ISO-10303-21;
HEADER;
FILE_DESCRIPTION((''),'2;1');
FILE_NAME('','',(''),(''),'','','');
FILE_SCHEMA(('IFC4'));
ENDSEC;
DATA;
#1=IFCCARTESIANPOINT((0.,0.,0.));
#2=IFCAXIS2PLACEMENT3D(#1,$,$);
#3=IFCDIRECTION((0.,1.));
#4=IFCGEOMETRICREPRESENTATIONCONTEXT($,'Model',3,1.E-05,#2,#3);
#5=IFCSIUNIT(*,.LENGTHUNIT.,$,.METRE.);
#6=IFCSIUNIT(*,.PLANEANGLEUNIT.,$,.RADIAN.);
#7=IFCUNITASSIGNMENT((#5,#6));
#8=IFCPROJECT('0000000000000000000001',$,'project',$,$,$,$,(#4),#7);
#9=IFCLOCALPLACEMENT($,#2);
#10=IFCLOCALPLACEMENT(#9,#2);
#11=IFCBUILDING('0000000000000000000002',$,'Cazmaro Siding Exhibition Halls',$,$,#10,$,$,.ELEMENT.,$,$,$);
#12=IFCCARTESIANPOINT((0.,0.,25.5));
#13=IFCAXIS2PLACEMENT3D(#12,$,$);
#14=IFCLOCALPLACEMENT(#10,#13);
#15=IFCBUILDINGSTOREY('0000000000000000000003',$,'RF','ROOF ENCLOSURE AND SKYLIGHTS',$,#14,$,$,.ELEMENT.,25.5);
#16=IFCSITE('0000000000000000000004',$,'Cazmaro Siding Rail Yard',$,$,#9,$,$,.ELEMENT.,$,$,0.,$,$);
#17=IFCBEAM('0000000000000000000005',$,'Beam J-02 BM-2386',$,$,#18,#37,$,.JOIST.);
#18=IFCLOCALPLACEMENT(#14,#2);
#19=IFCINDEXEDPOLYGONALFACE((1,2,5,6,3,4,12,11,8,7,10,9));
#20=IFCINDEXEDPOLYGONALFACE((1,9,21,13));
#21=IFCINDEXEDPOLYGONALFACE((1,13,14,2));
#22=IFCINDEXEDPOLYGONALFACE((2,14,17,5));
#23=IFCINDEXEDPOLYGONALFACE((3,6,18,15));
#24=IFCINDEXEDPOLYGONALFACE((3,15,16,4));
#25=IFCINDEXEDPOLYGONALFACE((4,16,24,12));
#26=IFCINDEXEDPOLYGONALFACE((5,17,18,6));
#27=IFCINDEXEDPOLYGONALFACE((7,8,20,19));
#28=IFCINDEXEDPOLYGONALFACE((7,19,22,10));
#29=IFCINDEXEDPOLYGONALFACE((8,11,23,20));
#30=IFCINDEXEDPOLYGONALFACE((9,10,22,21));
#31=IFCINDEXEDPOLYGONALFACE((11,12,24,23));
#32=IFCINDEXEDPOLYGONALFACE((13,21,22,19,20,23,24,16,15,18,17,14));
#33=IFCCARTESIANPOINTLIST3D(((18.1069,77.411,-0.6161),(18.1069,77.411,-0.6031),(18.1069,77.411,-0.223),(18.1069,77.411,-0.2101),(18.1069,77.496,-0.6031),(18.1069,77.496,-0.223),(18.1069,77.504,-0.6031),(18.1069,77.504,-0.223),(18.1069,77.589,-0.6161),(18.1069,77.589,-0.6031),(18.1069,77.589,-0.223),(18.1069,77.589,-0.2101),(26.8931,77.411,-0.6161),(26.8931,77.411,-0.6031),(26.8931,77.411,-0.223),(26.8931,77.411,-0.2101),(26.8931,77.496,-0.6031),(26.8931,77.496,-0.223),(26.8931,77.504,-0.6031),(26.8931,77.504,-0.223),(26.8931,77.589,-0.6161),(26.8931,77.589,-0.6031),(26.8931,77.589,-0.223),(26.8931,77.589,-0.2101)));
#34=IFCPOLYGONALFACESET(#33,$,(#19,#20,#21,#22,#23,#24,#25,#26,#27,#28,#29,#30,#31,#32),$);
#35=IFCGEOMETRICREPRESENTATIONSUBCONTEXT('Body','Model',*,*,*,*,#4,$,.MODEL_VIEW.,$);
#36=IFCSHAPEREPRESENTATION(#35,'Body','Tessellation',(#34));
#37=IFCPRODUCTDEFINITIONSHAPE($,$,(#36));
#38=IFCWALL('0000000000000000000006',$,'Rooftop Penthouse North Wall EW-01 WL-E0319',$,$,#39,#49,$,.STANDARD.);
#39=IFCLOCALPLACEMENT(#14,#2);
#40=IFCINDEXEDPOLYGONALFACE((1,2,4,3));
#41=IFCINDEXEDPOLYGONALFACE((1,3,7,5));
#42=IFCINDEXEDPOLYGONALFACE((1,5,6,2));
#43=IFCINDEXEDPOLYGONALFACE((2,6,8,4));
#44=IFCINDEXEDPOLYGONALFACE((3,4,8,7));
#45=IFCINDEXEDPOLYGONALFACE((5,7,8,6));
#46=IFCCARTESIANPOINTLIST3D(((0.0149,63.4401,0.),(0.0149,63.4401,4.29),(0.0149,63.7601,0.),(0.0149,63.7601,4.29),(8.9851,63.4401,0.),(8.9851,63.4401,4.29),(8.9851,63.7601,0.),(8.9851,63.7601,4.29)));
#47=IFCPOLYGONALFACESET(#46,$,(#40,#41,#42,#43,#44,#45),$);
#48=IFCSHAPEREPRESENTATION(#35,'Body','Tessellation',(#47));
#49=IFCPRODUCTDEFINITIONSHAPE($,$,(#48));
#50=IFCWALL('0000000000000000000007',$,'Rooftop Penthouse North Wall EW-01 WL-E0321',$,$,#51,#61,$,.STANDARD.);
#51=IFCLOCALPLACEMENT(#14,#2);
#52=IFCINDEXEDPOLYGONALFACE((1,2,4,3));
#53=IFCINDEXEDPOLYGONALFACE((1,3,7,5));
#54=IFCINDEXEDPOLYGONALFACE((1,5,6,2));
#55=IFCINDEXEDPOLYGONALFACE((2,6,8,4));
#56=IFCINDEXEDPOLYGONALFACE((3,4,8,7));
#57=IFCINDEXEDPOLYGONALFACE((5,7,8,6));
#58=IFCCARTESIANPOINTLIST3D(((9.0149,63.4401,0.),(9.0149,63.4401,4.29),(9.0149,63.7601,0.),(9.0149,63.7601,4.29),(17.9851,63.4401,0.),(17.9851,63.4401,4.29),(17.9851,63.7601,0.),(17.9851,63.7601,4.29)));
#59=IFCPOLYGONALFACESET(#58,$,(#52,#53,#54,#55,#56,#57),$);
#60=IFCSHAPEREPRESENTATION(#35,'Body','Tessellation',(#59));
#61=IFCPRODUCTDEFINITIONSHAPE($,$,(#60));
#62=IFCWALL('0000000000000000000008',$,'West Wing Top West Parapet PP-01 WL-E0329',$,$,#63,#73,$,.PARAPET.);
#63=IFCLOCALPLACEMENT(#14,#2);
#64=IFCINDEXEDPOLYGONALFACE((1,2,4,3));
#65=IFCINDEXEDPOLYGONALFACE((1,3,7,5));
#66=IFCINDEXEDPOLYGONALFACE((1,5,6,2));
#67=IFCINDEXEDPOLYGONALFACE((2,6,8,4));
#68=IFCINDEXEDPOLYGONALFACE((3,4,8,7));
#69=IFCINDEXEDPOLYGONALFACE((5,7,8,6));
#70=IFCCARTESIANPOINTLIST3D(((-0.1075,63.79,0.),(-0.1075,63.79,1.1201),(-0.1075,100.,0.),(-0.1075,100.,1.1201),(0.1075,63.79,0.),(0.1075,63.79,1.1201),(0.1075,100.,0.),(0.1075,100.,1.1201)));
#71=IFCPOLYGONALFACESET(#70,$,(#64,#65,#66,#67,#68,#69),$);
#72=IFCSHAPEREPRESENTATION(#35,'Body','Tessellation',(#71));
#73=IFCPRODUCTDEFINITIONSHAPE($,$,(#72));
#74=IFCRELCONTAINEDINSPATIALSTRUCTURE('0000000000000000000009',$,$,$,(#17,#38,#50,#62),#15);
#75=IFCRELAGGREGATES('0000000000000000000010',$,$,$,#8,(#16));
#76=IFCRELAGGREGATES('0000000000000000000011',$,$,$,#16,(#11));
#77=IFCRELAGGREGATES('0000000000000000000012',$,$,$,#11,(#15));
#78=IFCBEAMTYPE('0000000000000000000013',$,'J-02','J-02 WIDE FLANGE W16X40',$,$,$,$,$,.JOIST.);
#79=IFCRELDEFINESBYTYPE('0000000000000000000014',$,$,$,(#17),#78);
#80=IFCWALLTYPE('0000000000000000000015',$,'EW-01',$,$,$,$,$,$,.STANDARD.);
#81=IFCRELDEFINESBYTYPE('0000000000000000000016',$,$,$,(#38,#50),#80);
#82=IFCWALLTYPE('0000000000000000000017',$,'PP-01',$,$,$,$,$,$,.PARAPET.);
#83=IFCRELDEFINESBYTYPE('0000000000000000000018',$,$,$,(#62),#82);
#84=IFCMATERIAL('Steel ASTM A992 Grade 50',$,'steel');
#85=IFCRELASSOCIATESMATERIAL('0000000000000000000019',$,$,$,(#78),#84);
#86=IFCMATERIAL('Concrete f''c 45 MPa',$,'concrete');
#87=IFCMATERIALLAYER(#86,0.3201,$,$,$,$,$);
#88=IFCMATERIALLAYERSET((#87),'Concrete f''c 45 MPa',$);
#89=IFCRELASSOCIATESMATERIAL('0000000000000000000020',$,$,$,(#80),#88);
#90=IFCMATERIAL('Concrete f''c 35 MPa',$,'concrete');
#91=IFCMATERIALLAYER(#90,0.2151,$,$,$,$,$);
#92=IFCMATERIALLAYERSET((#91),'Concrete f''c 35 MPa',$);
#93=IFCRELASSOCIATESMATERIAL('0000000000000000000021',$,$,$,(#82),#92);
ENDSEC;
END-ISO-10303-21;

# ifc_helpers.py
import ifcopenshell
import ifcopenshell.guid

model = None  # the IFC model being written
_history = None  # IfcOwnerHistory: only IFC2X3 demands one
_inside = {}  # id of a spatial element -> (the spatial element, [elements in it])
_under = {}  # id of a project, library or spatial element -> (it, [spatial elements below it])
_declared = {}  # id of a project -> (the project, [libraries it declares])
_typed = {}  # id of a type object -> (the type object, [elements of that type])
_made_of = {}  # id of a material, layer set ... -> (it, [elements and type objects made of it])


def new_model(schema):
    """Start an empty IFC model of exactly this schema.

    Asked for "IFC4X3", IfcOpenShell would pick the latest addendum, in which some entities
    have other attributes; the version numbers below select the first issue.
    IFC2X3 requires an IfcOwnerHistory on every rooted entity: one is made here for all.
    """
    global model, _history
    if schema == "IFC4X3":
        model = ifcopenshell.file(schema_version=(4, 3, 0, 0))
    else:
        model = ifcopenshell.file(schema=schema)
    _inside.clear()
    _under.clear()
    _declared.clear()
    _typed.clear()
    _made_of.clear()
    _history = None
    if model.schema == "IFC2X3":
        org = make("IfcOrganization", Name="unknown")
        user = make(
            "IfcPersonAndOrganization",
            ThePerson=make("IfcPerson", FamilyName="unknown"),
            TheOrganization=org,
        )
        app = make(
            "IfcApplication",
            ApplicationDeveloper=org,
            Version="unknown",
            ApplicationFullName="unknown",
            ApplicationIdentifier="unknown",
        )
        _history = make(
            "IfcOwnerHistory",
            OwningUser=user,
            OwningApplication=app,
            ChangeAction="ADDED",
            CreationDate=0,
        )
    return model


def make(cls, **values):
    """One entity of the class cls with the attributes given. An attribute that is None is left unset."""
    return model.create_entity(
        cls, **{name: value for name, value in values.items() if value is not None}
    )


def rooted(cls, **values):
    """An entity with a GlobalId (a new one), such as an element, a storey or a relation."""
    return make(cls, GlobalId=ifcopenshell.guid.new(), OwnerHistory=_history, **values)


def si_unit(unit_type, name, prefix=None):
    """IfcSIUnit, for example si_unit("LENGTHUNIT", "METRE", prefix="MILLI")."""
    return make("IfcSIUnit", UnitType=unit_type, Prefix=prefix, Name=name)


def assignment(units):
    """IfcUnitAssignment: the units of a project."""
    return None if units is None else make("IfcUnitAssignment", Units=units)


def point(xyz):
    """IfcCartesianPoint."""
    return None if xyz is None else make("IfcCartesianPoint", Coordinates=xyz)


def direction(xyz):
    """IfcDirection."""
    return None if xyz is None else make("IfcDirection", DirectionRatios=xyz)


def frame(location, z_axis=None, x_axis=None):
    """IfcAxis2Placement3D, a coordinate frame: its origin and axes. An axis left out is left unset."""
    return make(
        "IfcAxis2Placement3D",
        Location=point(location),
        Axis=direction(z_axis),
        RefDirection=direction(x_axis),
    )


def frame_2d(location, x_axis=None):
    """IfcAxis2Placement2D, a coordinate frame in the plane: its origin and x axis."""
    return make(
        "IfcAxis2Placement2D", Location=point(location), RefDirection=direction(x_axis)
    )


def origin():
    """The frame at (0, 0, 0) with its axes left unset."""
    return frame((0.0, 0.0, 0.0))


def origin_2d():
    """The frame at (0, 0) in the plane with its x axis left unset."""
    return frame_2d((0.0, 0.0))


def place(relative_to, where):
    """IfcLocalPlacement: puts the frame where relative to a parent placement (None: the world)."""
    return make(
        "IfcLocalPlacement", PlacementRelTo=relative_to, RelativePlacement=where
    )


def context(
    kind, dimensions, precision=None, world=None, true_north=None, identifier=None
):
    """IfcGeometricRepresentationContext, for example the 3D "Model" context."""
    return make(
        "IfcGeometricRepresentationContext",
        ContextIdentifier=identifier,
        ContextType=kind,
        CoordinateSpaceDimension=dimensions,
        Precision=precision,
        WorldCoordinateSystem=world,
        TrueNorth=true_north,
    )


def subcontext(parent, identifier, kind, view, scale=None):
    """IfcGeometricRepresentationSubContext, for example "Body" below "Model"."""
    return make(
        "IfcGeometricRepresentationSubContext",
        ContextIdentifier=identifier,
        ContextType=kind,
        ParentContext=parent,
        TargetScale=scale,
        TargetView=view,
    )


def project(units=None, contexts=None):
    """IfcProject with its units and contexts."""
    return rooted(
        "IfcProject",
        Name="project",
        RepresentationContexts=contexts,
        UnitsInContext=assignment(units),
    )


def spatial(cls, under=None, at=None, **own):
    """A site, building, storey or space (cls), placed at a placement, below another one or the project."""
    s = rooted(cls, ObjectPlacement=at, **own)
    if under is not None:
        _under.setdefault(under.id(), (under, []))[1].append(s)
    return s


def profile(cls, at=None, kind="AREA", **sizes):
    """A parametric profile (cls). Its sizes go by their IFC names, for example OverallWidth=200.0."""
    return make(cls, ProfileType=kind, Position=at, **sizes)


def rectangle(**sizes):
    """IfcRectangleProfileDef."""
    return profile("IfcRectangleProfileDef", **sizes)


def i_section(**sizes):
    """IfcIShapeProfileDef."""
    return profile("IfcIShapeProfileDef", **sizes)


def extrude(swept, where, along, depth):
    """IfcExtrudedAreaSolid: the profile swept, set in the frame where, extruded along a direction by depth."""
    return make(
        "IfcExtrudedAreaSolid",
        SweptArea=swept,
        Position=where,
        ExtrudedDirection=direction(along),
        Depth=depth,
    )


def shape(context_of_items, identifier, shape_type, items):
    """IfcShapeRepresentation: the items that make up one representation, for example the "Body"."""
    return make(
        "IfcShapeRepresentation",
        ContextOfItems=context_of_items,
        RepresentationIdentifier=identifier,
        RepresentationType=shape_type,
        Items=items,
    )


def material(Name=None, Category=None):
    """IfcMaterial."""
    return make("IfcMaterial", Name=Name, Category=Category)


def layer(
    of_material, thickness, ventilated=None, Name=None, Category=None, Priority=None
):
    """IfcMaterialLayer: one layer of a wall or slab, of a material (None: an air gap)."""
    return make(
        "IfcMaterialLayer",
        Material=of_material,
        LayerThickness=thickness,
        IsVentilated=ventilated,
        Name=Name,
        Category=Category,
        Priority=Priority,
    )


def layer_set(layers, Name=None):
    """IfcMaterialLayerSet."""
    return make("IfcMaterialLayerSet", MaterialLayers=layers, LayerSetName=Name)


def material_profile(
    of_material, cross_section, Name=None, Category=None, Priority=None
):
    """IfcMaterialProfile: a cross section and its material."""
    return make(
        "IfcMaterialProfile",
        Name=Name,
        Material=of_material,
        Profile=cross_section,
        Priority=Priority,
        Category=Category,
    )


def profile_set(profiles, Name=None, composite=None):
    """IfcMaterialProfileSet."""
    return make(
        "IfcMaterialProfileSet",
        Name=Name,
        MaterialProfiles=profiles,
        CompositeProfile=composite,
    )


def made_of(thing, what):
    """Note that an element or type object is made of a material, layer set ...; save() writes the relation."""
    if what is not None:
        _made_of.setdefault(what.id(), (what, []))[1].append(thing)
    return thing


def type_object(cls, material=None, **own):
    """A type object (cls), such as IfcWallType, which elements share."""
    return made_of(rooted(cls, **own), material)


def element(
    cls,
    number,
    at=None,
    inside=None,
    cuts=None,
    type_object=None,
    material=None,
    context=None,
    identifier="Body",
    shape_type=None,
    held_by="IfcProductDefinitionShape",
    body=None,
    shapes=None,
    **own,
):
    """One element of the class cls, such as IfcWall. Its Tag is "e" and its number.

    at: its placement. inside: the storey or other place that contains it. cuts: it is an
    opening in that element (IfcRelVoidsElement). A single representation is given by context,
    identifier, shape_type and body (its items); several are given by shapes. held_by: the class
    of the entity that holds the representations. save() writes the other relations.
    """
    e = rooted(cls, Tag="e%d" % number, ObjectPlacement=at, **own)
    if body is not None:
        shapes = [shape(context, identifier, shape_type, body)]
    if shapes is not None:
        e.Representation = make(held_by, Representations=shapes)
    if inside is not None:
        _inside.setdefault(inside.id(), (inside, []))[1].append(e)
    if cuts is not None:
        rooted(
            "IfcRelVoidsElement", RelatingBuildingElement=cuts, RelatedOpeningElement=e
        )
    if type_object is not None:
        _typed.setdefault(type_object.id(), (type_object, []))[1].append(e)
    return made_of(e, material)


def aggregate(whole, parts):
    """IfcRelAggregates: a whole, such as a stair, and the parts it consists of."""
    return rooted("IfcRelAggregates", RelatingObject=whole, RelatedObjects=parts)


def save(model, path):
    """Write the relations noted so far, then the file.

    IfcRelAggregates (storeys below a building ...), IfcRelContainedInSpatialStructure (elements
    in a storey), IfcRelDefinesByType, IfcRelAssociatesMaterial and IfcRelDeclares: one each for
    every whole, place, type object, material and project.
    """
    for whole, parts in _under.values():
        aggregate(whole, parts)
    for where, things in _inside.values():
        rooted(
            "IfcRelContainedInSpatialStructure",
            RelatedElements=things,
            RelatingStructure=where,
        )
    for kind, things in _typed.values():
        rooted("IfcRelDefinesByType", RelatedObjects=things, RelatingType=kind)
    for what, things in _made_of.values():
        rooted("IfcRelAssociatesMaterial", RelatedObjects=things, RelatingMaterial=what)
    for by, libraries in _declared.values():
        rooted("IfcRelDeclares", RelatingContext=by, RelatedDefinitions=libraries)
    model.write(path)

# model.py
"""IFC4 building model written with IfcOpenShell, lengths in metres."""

from ifc_helpers import new_model, si_unit, direction, frame, frame_2d, origin, origin_2d, place, context, subcontext, project, spatial, rectangle, i_section, extrude, material, layer, layer_set, material_profile, profile_set, type_object, element, save


model = new_model("IFC4")

# Units and contexts
model_context = context("Model", 3, precision=1e-05, world=origin(), true_north=direction((0.0, 1.0)))
body_context = subcontext(model_context, "Body", "Model", "MODEL_VIEW")
ifc_project = project(units=[si_unit("LENGTHUNIT", "METRE"), si_unit("PLANEANGLEUNIT", "RADIAN")], contexts=[model_context])

# Site, building, storey
site_placement = place(None, origin())
site = spatial("IfcSite", under=ifc_project, at=site_placement, Name="Cazmaro Siding Rail Yard", CompositionType="ELEMENT", RefElevation=0.0)
building_placement = place(site_placement, origin())
building = spatial("IfcBuilding", under=site, at=building_placement, Name="Cazmaro Siding Exhibition Halls", CompositionType="ELEMENT")
storey_placement = place(building_placement, frame((0.0, 0.0, 25.5)))
storey = spatial("IfcBuildingStorey", under=building, at=storey_placement, Name="RF", Description="ROOF ENCLOSURE AND SKYLIGHTS", CompositionType="ELEMENT", Elevation=25.5)

# Beam
ifc_material_1 = material(Name="Steel ASTM A992 Grade 50", Category="steel")
ifc_material_profile_1 = material_profile(ifc_material_1, i_section(OverallWidth=0.178, OverallDepth=0.406, WebThickness=0.0081, FlangeThickness=0.0129, at=origin_2d()), Name="W16X40")
ifc_profile_set_1 = profile_set([ifc_material_profile_1], Name="Steel ASTM A992 Grade 50")
beam_type_1 = type_object("IfcBeamType", Name="J-02", Description="J-02 WIDE FLANGE W16X40", PredefinedType="JOIST", material=ifc_profile_set_1)
for number, where, z_axis, x_axis, name in (
    (1, (18.1069, 77.5, -0.4131), (1.0, 0.0, 0.0), (0.0, 1.0, 0.0), "Beam J-02 BM-2386"),
):
    element("IfcBeam", number, at=place(storey_placement, frame(where, z_axis=z_axis, x_axis=x_axis)), inside=storey, type_object=beam_type_1, Name=name, PredefinedType="JOIST", context=body_context, shape_type="SweptSolid", body=[
        extrude(i_section(OverallWidth=0.178, OverallDepth=0.406, WebThickness=0.0081, FlangeThickness=0.0129, at=origin_2d()), origin(), (0.0, 0.0, 1.0), 8.7861),
    ])

# Walls
ifc_material_2 = material(Name="Concrete f'c 45 MPa", Category="concrete")
ifc_layer_1 = layer(ifc_material_2, 0.3201)
ifc_layer_set_1 = layer_set([ifc_layer_1], Name="Concrete f'c 45 MPa")
wall_type_1 = type_object("IfcWallType", Name="EW-01", PredefinedType="STANDARD", material=ifc_layer_set_1)
for number, where, z_axis, x_axis, name in (
    (2, (0.0149, 63.6001, 0.0), (0.0, 0.0, 1.0), (1.0, 0.0, 0.0), "Rooftop Penthouse North Wall EW-01 WL-E0319"),
    (3, (9.0149, 63.6001, 0.0), (0.0, 0.0, 1.0), (1.0, 0.0, 0.0), "Rooftop Penthouse North Wall EW-01 WL-E0321"),
):
    element("IfcWall", number, at=place(storey_placement, frame(where, z_axis=z_axis, x_axis=x_axis)), inside=storey, type_object=wall_type_1, Name=name, PredefinedType="STANDARD", context=body_context, shape_type="SweptSolid", body=[
        extrude(rectangle(XDim=8.9702, YDim=0.3201, at=frame_2d((4.4851, 0.0))), origin(), (0.0, 0.0, 1.0), 4.29),
    ])
ifc_material_3 = material(Name="Concrete f'c 35 MPa", Category="concrete")
ifc_layer_2 = layer(ifc_material_3, 0.2151)
ifc_layer_set_2 = layer_set([ifc_layer_2], Name="Concrete f'c 35 MPa")
wall_type_2 = type_object("IfcWallType", Name="PP-01", PredefinedType="PARAPET", material=ifc_layer_set_2)
wall_placement = place(storey_placement, frame((0.0, 63.79, 0.0), z_axis=(0.0, 0.0, 1.0), x_axis=(0.0, 1.0, 0.0)))
element("IfcWall", 4, at=wall_placement, inside=storey, type_object=wall_type_2, Name="West Wing Top West Parapet PP-01 WL-E0329", PredefinedType="PARAPET", context=body_context, shape_type="SweptSolid", body=[
    extrude(rectangle(XDim=36.21, YDim=0.2151, at=frame_2d((18.105, 0.0))), origin(), (0.0, 0.0, 1.0), 1.1201),
])

save(model, "model.ifc")
